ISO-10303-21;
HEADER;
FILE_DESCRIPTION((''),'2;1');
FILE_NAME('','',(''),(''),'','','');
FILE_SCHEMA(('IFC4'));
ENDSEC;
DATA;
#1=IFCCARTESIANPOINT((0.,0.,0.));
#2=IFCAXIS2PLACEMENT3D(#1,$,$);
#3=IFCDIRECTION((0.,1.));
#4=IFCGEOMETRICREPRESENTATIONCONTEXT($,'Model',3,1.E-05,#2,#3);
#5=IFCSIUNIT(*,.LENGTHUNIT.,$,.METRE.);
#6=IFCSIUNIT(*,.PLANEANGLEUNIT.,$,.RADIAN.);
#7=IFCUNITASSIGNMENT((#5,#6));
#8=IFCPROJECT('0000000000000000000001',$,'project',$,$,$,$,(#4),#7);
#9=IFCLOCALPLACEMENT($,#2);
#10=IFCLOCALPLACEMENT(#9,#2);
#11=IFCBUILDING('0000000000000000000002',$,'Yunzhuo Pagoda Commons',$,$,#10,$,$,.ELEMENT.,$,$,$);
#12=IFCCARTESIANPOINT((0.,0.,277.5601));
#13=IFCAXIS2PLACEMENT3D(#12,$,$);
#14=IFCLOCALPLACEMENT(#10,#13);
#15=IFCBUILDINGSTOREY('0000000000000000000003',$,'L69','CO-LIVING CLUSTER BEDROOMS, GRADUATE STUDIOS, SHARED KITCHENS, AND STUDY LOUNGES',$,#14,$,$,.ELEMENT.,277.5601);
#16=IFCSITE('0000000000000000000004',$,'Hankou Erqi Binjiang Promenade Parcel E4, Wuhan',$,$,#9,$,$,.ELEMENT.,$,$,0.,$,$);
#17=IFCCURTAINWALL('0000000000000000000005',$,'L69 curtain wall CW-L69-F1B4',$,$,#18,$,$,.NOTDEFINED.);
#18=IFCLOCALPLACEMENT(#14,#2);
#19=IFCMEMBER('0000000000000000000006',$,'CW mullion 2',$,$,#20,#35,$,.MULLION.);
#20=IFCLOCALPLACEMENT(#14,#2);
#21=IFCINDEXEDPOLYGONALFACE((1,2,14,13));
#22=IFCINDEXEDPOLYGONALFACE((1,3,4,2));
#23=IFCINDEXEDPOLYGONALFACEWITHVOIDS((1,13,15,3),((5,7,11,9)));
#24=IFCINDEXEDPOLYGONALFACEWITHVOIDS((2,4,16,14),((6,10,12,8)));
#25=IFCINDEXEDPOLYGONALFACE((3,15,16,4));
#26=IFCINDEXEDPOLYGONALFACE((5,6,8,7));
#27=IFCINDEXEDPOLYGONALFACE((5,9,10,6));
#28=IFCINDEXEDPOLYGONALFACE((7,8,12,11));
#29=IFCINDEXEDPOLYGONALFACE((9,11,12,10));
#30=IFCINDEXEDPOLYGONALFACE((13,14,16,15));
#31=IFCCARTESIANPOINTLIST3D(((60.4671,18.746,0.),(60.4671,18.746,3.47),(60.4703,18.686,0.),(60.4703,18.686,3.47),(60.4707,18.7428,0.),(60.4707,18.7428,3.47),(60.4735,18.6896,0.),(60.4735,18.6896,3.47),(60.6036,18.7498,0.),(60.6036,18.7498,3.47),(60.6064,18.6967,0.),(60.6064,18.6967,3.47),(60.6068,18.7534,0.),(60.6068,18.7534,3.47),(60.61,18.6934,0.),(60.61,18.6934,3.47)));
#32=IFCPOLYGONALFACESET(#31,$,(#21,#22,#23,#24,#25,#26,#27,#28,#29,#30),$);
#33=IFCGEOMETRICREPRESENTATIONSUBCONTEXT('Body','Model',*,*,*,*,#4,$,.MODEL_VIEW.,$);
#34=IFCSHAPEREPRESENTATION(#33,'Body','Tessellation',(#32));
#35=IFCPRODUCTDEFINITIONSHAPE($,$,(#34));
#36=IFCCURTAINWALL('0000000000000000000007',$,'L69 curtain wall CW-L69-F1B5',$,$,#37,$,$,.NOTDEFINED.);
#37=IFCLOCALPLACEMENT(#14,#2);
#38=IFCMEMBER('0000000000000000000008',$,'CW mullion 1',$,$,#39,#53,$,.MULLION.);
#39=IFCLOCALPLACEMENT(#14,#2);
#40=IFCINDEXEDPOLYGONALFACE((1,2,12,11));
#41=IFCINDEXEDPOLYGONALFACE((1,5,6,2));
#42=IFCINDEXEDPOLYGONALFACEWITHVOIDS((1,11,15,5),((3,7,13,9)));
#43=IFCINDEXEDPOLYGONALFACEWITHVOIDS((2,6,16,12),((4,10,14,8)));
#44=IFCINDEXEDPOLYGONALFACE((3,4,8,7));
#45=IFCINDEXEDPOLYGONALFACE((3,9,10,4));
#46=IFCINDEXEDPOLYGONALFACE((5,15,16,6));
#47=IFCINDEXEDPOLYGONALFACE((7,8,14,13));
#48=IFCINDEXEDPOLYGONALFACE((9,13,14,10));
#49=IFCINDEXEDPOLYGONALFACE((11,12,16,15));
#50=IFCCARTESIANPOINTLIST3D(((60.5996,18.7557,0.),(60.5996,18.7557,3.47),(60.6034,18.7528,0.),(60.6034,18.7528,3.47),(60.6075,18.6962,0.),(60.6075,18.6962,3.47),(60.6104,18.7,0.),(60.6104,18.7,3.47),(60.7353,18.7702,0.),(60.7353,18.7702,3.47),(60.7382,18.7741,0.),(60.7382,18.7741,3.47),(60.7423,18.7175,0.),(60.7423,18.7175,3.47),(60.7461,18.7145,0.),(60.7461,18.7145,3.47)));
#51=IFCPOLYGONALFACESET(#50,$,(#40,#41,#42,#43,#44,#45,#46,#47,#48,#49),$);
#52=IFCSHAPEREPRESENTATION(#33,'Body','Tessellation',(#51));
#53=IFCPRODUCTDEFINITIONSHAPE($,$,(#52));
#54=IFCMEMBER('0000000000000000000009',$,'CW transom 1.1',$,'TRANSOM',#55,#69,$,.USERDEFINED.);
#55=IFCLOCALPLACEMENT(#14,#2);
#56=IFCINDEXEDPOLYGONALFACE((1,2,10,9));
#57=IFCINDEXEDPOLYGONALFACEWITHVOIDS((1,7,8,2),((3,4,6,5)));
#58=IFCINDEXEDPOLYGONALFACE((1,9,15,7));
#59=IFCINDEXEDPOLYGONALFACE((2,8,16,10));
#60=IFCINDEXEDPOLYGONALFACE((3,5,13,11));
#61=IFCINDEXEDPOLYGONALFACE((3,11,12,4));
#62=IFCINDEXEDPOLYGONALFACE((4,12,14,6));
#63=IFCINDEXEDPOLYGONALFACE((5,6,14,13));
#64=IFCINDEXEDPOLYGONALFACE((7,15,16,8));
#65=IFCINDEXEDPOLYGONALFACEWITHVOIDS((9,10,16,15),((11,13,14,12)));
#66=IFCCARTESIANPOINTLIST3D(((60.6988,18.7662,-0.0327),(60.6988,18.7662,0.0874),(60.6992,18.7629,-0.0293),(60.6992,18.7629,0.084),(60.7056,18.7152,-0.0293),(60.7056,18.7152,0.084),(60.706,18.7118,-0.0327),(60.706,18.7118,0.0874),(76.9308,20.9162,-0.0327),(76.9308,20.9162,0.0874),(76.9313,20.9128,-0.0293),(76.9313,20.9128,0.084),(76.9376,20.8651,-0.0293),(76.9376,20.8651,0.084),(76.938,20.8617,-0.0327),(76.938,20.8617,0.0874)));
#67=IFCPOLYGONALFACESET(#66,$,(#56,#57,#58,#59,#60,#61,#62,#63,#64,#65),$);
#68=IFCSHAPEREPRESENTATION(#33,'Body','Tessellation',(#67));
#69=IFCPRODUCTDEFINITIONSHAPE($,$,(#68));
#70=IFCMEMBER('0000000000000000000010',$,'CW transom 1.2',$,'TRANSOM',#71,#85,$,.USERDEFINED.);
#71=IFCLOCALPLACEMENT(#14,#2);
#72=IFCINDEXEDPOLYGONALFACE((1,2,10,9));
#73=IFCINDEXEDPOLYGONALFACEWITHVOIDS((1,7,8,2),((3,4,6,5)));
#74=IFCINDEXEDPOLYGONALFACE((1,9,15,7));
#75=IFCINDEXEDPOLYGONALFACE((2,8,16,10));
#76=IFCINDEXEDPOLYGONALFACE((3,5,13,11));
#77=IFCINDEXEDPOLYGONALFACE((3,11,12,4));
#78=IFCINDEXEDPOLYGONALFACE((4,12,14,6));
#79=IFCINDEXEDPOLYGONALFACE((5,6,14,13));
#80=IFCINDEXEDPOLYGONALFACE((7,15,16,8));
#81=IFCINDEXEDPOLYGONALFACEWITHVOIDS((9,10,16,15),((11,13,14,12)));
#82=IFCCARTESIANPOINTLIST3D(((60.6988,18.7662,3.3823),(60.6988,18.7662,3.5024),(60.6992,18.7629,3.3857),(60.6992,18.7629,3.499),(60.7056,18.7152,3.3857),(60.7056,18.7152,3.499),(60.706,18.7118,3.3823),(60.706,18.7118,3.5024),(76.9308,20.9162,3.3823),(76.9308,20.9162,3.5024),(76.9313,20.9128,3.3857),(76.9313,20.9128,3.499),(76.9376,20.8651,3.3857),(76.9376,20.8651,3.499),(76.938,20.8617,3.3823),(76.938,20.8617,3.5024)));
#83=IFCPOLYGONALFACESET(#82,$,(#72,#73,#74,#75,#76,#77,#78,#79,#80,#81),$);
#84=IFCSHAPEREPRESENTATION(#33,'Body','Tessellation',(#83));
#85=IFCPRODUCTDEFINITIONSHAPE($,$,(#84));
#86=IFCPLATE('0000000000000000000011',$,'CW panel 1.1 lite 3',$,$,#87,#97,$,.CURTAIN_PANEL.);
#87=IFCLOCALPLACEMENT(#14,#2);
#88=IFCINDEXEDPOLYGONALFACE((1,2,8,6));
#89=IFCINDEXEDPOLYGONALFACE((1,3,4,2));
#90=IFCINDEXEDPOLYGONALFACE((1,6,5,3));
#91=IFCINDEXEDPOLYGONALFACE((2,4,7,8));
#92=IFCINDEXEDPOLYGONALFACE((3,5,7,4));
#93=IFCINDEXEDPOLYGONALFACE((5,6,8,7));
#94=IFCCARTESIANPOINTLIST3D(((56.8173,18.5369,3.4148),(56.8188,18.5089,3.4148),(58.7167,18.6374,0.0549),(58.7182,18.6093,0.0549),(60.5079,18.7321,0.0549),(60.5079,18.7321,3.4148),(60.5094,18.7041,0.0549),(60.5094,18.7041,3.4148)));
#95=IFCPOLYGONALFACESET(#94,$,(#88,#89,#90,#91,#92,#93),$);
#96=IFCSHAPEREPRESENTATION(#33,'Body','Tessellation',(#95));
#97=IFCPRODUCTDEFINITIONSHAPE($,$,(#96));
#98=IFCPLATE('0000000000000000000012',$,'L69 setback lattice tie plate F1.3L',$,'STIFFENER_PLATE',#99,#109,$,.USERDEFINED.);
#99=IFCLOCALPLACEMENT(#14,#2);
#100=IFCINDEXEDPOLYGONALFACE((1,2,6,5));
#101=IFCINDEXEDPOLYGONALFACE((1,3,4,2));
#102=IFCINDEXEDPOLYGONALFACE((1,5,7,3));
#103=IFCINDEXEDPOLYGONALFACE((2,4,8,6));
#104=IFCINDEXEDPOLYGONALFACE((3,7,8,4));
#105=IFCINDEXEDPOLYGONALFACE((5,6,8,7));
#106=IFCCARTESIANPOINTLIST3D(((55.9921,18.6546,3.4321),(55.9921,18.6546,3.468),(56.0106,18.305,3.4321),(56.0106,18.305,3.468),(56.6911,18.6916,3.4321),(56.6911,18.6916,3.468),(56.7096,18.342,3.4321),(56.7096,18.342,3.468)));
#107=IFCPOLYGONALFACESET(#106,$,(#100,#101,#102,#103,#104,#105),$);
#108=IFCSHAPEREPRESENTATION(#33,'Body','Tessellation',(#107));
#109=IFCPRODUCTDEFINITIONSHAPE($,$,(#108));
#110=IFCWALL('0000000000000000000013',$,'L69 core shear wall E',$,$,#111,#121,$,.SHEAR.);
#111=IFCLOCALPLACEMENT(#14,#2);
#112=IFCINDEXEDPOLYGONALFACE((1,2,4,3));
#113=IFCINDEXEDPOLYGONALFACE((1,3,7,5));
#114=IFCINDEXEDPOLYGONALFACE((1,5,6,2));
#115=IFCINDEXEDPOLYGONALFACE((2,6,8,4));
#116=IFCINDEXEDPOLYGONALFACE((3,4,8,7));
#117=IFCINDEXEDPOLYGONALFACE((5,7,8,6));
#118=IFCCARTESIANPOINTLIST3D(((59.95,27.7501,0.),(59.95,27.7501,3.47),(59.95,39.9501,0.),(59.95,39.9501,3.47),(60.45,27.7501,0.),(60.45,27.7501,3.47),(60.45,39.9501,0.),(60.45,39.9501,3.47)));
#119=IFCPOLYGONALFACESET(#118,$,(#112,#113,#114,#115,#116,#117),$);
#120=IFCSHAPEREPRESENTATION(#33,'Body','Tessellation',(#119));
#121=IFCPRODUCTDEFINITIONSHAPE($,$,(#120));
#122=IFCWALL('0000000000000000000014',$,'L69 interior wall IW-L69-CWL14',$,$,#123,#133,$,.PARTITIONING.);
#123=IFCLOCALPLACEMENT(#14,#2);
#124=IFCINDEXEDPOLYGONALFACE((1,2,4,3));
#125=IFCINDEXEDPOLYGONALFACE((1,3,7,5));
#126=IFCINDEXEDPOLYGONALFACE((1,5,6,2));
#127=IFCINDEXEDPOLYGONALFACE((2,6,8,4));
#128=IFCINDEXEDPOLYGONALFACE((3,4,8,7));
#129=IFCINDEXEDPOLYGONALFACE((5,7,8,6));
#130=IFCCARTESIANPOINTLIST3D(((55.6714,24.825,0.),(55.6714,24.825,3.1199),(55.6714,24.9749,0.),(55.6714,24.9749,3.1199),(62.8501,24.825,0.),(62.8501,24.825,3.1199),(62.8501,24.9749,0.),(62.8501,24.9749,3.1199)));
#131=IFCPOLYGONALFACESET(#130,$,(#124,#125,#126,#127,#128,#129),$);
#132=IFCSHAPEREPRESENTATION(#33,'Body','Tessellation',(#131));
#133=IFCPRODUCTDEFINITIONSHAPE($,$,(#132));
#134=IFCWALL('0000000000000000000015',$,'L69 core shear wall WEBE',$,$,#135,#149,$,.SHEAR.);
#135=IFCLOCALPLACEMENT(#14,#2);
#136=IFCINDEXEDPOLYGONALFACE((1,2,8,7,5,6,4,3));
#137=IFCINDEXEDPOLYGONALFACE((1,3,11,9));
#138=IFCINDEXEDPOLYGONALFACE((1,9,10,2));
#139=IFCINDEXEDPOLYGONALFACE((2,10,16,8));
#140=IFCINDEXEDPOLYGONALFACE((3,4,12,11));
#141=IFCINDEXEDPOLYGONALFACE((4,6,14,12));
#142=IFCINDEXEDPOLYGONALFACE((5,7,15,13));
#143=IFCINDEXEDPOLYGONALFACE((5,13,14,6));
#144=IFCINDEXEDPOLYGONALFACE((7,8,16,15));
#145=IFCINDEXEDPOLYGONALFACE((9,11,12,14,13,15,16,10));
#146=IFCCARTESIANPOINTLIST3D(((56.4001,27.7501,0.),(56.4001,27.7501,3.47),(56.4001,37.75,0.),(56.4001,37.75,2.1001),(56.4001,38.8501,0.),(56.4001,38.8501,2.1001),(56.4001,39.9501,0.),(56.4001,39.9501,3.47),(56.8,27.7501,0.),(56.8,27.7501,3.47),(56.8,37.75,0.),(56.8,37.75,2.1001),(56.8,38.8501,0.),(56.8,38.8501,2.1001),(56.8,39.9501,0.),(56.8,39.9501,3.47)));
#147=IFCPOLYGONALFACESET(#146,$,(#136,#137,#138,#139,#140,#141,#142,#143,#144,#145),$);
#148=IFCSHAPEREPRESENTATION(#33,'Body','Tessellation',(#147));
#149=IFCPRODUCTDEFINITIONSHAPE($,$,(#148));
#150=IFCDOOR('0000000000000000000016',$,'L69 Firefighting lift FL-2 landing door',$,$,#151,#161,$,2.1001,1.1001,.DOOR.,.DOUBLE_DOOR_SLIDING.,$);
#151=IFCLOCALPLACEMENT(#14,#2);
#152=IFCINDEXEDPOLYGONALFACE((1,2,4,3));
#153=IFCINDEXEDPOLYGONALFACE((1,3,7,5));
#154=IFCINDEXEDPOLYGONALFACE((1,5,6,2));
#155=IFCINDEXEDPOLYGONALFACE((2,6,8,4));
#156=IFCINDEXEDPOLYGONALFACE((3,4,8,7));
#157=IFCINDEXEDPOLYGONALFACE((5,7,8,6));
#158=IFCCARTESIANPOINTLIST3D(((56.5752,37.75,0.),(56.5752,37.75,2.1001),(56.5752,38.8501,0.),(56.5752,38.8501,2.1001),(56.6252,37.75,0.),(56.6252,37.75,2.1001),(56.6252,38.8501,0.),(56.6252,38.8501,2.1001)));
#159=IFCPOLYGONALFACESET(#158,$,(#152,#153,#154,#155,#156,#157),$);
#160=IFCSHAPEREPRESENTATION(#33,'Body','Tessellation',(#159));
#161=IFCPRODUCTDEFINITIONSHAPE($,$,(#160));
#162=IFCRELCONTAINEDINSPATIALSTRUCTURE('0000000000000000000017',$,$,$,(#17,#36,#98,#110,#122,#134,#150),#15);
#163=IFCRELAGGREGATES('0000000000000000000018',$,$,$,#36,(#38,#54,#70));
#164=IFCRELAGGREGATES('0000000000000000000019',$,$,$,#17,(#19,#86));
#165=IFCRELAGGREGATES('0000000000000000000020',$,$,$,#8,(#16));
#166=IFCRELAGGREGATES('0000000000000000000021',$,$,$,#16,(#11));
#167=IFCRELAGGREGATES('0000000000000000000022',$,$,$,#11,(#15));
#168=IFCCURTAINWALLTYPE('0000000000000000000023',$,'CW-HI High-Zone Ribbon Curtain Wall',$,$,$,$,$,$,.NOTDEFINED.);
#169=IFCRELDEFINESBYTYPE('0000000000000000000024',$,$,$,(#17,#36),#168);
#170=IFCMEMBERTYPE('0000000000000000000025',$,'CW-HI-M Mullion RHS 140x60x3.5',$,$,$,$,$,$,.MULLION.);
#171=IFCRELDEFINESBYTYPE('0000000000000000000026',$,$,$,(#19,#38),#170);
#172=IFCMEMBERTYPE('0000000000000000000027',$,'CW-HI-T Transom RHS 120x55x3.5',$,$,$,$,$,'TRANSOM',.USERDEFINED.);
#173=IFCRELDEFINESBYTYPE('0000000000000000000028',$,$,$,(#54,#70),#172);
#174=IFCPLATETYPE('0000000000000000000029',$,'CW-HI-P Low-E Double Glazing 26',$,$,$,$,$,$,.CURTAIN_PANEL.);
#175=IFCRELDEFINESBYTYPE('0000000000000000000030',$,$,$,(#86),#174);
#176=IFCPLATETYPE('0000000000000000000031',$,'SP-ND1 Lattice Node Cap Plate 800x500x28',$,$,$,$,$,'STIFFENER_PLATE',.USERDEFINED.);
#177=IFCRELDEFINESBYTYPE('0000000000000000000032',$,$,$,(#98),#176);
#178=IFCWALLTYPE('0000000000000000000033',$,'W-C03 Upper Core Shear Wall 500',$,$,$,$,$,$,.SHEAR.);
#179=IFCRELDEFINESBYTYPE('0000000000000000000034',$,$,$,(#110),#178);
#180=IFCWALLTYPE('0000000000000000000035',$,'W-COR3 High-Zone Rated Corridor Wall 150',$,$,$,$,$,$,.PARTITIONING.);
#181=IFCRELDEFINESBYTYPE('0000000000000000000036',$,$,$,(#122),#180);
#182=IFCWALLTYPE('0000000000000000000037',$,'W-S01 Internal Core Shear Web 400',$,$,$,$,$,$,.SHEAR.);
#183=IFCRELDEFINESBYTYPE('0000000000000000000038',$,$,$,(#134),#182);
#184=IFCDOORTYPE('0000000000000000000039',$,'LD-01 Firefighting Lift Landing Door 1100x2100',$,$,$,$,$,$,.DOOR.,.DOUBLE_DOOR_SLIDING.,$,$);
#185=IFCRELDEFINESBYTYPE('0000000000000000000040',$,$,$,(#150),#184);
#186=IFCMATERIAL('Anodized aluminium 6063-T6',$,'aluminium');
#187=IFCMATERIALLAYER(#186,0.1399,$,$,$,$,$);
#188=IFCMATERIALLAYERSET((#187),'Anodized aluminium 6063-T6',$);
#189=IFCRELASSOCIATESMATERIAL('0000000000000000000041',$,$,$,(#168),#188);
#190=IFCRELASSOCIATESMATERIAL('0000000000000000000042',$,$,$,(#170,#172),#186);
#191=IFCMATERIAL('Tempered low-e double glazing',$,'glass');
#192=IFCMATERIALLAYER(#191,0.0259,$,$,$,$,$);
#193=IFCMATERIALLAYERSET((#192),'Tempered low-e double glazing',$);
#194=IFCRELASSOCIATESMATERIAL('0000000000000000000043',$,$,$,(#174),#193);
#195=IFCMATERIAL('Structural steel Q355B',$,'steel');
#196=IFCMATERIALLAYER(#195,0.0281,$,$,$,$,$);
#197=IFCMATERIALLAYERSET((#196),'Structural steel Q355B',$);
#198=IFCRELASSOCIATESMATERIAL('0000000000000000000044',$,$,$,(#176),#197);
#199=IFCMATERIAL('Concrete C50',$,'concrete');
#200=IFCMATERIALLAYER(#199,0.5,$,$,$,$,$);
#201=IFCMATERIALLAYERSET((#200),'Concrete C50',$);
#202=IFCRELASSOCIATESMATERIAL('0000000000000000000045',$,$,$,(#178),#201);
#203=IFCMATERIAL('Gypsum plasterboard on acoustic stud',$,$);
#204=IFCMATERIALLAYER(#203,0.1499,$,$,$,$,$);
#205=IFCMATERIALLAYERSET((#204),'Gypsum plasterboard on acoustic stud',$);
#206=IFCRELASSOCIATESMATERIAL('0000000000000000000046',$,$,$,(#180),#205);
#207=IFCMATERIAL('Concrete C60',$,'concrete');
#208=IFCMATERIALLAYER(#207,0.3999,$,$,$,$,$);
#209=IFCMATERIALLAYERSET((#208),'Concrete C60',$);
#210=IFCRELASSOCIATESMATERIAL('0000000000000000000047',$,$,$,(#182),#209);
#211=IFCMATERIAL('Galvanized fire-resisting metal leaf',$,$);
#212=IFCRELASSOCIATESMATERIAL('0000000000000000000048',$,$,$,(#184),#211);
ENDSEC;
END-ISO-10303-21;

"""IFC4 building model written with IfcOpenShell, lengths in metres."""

from ifc_helpers import new_model, si_unit, direction, frame, frame_2d, origin, origin_with_axes, origin_2d, place, context, subcontext, project, spatial, polyline, rectangle, hollow_rectangle, outline, extrude, source, transform, mapped, material, layer, layer_set, material_profile, profile_set, type_object, element, fill, aggregate, save


model = new_model("IFC4")

# Units and contexts
model_context = context("Model", 3, precision=1e-05, world=origin(), true_north=direction((0.0, 1.0)))
body_context = subcontext(model_context, "Body", "Model", "MODEL_VIEW")
ifc_project = project(units=[si_unit("LENGTHUNIT", "METRE"), si_unit("PLANEANGLEUNIT", "RADIAN")], contexts=[model_context])

# Site, building, storey
site_placement = place(None, origin())
site = spatial("IfcSite", under=ifc_project, at=site_placement, Name="Hankou Erqi Binjiang Promenade Parcel E4, Wuhan", CompositionType="ELEMENT", RefElevation=0.0)
building_placement = place(site_placement, origin())
building = spatial("IfcBuilding", under=site, at=building_placement, Name="Yunzhuo Pagoda Commons", CompositionType="ELEMENT")
storey_placement = place(building_placement, frame((0.0, 0.0, 277.5601)))
storey = spatial("IfcBuildingStorey", under=building, at=storey_placement, Name="L69", Description="CO-LIVING CLUSTER BEDROOMS, GRADUATE STUDIOS, SHARED KITCHENS, AND STUDY LOUNGES", CompositionType="ELEMENT", Elevation=277.5601)

# Shared definitions
ifc_material_1 = material(Name="Structural steel Q355B", Category="steel")

# Curtain wall, member
ifc_material_2 = material(Name="Anodized aluminium 6063-T6", Category="aluminium")
ifc_layer_1 = layer(ifc_material_2, 0.1399)
ifc_layer_set_1 = layer_set([ifc_layer_1], Name="Anodized aluminium 6063-T6")
curtain_wall_type = type_object("IfcCurtainWallType", Name="CW-HI High-Zone Ribbon Curtain Wall", PredefinedType="NOTDEFINED", material=ifc_layer_set_1)
curtain_wall_1_placement = place(storey_placement, origin())
curtain_wall_1 = element("IfcCurtainWall", 1, at=curtain_wall_1_placement, inside=storey, type_object=curtain_wall_type, Name="L69 curtain wall CW-L69-F1B4", PredefinedType="NOTDEFINED")
ifc_material_profile_1 = material_profile(ifc_material_2, hollow_rectangle(XDim=0.0601, YDim=0.1399, WallThickness=0.0034, at=origin_2d()), Name="Anodized aluminium 6063-T6")
ifc_profile_set_1 = profile_set([ifc_material_profile_1], Name="Anodized aluminium 6063-T6")
member_type_1 = type_object("IfcMemberType", Name="CW-HI-M Mullion RHS 140x60x3.5", PredefinedType="MULLION", material=ifc_profile_set_1)
shared_shape_1 = source(origin(), body_context, "Body", "SweptSolid", [
    extrude(hollow_rectangle(XDim=0.0601, YDim=0.1399, WallThickness=0.0034, at=origin_2d()), origin(), (0.0, 0.0, 1.0), 3.47),
])
member_1_placement = place(storey_placement, frame((60.5386, 18.7197, 0.0), z_axis=(0.0, 0.0, 1.0), x_axis=(-0.052822, 0.998604, 0.0)))
member_1 = element("IfcMember", 2, at=member_1_placement, type_object=member_type_1, Name="CW mullion 2", PredefinedType="MULLION", context=body_context, shape_type="MappedRepresentation", body=[
    mapped(shared_shape_1, transform((0.0, 0.0, 0.0), scale=1.0)),
])

# Curtain wall, members
curtain_wall_2_placement = place(storey_placement, origin())
curtain_wall_2 = element("IfcCurtainWall", 3, at=curtain_wall_2_placement, inside=storey, type_object=curtain_wall_type, Name="L69 curtain wall CW-L69-F1B5", PredefinedType="NOTDEFINED")
member_2_placement = place(storey_placement, frame((60.6729, 18.7351, 0.0), z_axis=(0.0, 0.0, 1.0), x_axis=(-0.131311, 0.991341, 0.0)))
member_2 = element("IfcMember", 4, at=member_2_placement, type_object=member_type_1, Name="CW mullion 1", PredefinedType="MULLION", context=body_context, shape_type="MappedRepresentation", body=[
    mapped(shared_shape_1, transform((0.0, 0.0, 0.0), scale=1.0)),
])
ifc_material_profile_2 = material_profile(ifc_material_2, hollow_rectangle(XDim=0.0549, YDim=0.1201, WallThickness=0.0034, at=origin_2d()), Name="Anodized aluminium 6063-T6")
ifc_profile_set_2 = profile_set([ifc_material_profile_2], Name="Anodized aluminium 6063-T6")
member_type_2 = type_object("IfcMemberType", Name="CW-HI-T Transom RHS 120x55x3.5", ElementType="TRANSOM", PredefinedType="USERDEFINED", material=ifc_profile_set_2)
shared_shape_2 = source(origin(), body_context, "Body", "SweptSolid", [
    extrude(hollow_rectangle(XDim=0.0549, YDim=0.1201, WallThickness=0.0034, at=origin_2d()), origin(), (0.0, 0.0, 1.0), 16.3738),
])
member_3_placement = place(storey_placement, frame((60.7024, 18.739, 0.0273), z_axis=(0.991342, 0.131302, 0.0), x_axis=(-0.131302, 0.991342, 0.0)))
member_3 = element("IfcMember", 5, at=member_3_placement, type_object=member_type_2, Name="CW transom 1.1", ObjectType="TRANSOM", PredefinedType="USERDEFINED", context=body_context, shape_type="MappedRepresentation", body=[
    mapped(shared_shape_2, transform((0.0, 0.0, 0.0), scale=1.0)),
])
member_4_placement = place(storey_placement, frame((60.7024, 18.739, 3.4424), z_axis=(0.991342, 0.131302, 0.0), x_axis=(-0.131302, 0.991342, 0.0)))
member_4 = element("IfcMember", 6, at=member_4_placement, type_object=member_type_2, Name="CW transom 1.2", ObjectType="TRANSOM", PredefinedType="USERDEFINED", context=body_context, shape_type="MappedRepresentation", body=[
    mapped(shared_shape_2, transform((0.0, 0.0, 0.0), scale=1.0)),
])
aggregate(curtain_wall_2, [member_2, member_3, member_4])

# Plates
ifc_material_3 = material(Name="Tempered low-e double glazing", Category="glass")
ifc_layer_2 = layer(ifc_material_3, 0.0259)
ifc_layer_set_2 = layer_set([ifc_layer_2], Name="Tempered low-e double glazing")
plate_type_1 = type_object("IfcPlateType", Name="CW-HI-P Low-E Double Glazing 26", PredefinedType="CURTAIN_PANEL", material=ifc_layer_set_2)
plate_1_placement = place(storey_placement, frame((58.6626, 18.6345, 1.7349), z_axis=(0.052822, -0.998604, 0.0), x_axis=(0.998604, 0.052822, 0.0)))
plate_1 = element("IfcPlate", 7, at=plate_1_placement, type_object=plate_type_1, Name="CW panel 1.1 lite 3", PredefinedType="CURTAIN_PANEL", context=body_context, shape_type="SweptSolid", body=[
    extrude(outline(polyline([(-1.8479, 1.6799), (0.0542, -1.6799), (1.8479, -1.6799), (1.8479, 1.6799), (-1.8479, 1.6799)])), origin(), (0.0, 0.0, 1.0), 0.0281),
])
aggregate(curtain_wall_1, [member_1, plate_1])
ifc_layer_3 = layer(ifc_material_1, 0.0281)
ifc_layer_set_3 = layer_set([ifc_layer_3], Name="Structural steel Q355B")
plate_type_2 = type_object("IfcPlateType", Name="SP-ND1 Lattice Node Cap Plate 800x500x28", ElementType="STIFFENER_PLATE", PredefinedType="USERDEFINED", material=ifc_layer_set_3)
shared_shape_3 = source(origin(), body_context, "Body", "SweptSolid", [
    extrude(rectangle(XDim=0.7, YDim=0.3501, at=origin_2d()), origin(), (0.0, 0.0, 1.0), 0.0359),
])
plate_2_placement = place(storey_placement, frame((56.3508, 18.4983, 3.4321), z_axis=(0.0, 0.0, 1.0), x_axis=(0.998604, 0.052824, 0.0)))
element("IfcPlate", 8, at=plate_2_placement, inside=storey, type_object=plate_type_2, Name="L69 setback lattice tie plate F1.3L", ObjectType="STIFFENER_PLATE", PredefinedType="USERDEFINED", context=body_context, shape_type="MappedRepresentation", body=[
    mapped(shared_shape_3, transform((0.0, 0.0, 0.0), scale=1.0)),
])

# Walls
ifc_material_4 = material(Name="Concrete C50", Category="concrete")
ifc_layer_4 = layer(ifc_material_4, 0.5)
ifc_layer_set_4 = layer_set([ifc_layer_4], Name="Concrete C50")
wall_type_1 = type_object("IfcWallType", Name="W-C03 Upper Core Shear Wall 500", PredefinedType="SHEAR", material=ifc_layer_set_4)
wall_1_placement = place(storey_placement, frame((60.2, 27.75, 0.0), z_axis=(0.0, 0.0, 1.0), x_axis=(0.0, 1.0, 0.0)))
element("IfcWall", 9, at=wall_1_placement, inside=storey, type_object=wall_type_1, Name="L69 core shear wall E", PredefinedType="SHEAR", context=body_context, shape_type="SweptSolid", body=[
    extrude(rectangle(XDim=12.2, YDim=0.5, at=frame_2d((6.1001, 0.0))), origin(), (0.0, 0.0, 1.0), 3.47),
])
ifc_material_5 = material(Name="Gypsum plasterboard on acoustic stud")
ifc_layer_5 = layer(ifc_material_5, 0.1499)
ifc_layer_set_5 = layer_set([ifc_layer_5], Name="Gypsum plasterboard on acoustic stud")
wall_type_2 = type_object("IfcWallType", Name="W-COR3 High-Zone Rated Corridor Wall 150", PredefinedType="PARTITIONING", material=ifc_layer_set_5)
wall_2_placement = place(storey_placement, frame((62.8501, 24.8999, 0.0), z_axis=(0.0, 0.0, 1.0), x_axis=(-1.0, 0.0, 0.0)))
element("IfcWall", 10, at=wall_2_placement, inside=storey, type_object=wall_type_2, Name="L69 interior wall IW-L69-CWL14", PredefinedType="PARTITIONING", context=body_context, shape_type="SweptSolid", body=[
    extrude(rectangle(XDim=7.1787, YDim=0.1499, at=frame_2d((3.5894, 0.0))), origin(), (0.0, 0.0, 1.0), 3.1199),
])

# Wall, opening, door
ifc_material_6 = material(Name="Concrete C60", Category="concrete")
ifc_layer_6 = layer(ifc_material_6, 0.3999)
ifc_layer_set_6 = layer_set([ifc_layer_6], Name="Concrete C60")
wall_type_3 = type_object("IfcWallType", Name="W-S01 Internal Core Shear Web 400", PredefinedType="SHEAR", material=ifc_layer_set_6)
wall_3_placement = place(storey_placement, frame((56.6001, 27.75, 0.0), z_axis=(0.0, 0.0, 1.0), x_axis=(0.0, 1.0, 0.0)))
wall_3 = element("IfcWall", 11, at=wall_3_placement, inside=storey, type_object=wall_type_3, Name="L69 core shear wall WEBE", PredefinedType="SHEAR", context=body_context, shape_type="SweptSolid", body=[
    extrude(rectangle(XDim=12.2, YDim=0.3999, at=frame_2d((6.1001, 0.0))), origin(), (0.0, 0.0, 1.0), 3.47),
])
opening_placement = place(wall_3_placement, frame((10.0, 0.0, 0.0)))
opening = element("IfcOpeningElement", 12, at=opening_placement, cuts=wall_3, PredefinedType="OPENING", context=body_context, shape_type="SweptSolid", body=[
    extrude(rectangle(XDim=1.1001, YDim=2.1001, at=frame_2d((0.55, 1.05))), frame((0.0, 0.21, 0.0), z_axis=(0.0, -1.0, 0.0), x_axis=(1.0, 0.0, 0.0)), (0.0, 0.0, 1.0), 0.4199),
])
ifc_material_7 = material(Name="Galvanized fire-resisting metal leaf")
door_type = type_object("IfcDoorType", Name="LD-01 Firefighting Lift Landing Door 1100x2100", OperationType="DOUBLE_DOOR_SLIDING", PredefinedType="DOOR", material=ifc_material_7)
shared_shape_4 = source(origin(), body_context, "Body", "SweptSolid", [
    extrude(rectangle(XDim=1.1001, YDim=2.1001, at=frame_2d((0.55, 1.05))), frame((0.0, 0.0249, 0.0), z_axis=(0.0, -1.0, 0.0), x_axis=(1.0, 0.0, 0.0)), (0.0, 0.0, 1.0), 0.05),
])
door_placement = place(opening_placement, origin_with_axes())
door = element("IfcDoor", 13, at=door_placement, inside=storey, type_object=door_type, Name="L69 Firefighting lift FL-2 landing door", OperationType="DOUBLE_DOOR_SLIDING", OverallHeight=2.1001, OverallWidth=1.1001, PredefinedType="DOOR", context=body_context, shape_type="MappedRepresentation", body=[
    mapped(shared_shape_4, transform((0.0, 0.0, 0.0), scale=1.0)),
])
fill(opening, door)

save(model, "model.ifc")
